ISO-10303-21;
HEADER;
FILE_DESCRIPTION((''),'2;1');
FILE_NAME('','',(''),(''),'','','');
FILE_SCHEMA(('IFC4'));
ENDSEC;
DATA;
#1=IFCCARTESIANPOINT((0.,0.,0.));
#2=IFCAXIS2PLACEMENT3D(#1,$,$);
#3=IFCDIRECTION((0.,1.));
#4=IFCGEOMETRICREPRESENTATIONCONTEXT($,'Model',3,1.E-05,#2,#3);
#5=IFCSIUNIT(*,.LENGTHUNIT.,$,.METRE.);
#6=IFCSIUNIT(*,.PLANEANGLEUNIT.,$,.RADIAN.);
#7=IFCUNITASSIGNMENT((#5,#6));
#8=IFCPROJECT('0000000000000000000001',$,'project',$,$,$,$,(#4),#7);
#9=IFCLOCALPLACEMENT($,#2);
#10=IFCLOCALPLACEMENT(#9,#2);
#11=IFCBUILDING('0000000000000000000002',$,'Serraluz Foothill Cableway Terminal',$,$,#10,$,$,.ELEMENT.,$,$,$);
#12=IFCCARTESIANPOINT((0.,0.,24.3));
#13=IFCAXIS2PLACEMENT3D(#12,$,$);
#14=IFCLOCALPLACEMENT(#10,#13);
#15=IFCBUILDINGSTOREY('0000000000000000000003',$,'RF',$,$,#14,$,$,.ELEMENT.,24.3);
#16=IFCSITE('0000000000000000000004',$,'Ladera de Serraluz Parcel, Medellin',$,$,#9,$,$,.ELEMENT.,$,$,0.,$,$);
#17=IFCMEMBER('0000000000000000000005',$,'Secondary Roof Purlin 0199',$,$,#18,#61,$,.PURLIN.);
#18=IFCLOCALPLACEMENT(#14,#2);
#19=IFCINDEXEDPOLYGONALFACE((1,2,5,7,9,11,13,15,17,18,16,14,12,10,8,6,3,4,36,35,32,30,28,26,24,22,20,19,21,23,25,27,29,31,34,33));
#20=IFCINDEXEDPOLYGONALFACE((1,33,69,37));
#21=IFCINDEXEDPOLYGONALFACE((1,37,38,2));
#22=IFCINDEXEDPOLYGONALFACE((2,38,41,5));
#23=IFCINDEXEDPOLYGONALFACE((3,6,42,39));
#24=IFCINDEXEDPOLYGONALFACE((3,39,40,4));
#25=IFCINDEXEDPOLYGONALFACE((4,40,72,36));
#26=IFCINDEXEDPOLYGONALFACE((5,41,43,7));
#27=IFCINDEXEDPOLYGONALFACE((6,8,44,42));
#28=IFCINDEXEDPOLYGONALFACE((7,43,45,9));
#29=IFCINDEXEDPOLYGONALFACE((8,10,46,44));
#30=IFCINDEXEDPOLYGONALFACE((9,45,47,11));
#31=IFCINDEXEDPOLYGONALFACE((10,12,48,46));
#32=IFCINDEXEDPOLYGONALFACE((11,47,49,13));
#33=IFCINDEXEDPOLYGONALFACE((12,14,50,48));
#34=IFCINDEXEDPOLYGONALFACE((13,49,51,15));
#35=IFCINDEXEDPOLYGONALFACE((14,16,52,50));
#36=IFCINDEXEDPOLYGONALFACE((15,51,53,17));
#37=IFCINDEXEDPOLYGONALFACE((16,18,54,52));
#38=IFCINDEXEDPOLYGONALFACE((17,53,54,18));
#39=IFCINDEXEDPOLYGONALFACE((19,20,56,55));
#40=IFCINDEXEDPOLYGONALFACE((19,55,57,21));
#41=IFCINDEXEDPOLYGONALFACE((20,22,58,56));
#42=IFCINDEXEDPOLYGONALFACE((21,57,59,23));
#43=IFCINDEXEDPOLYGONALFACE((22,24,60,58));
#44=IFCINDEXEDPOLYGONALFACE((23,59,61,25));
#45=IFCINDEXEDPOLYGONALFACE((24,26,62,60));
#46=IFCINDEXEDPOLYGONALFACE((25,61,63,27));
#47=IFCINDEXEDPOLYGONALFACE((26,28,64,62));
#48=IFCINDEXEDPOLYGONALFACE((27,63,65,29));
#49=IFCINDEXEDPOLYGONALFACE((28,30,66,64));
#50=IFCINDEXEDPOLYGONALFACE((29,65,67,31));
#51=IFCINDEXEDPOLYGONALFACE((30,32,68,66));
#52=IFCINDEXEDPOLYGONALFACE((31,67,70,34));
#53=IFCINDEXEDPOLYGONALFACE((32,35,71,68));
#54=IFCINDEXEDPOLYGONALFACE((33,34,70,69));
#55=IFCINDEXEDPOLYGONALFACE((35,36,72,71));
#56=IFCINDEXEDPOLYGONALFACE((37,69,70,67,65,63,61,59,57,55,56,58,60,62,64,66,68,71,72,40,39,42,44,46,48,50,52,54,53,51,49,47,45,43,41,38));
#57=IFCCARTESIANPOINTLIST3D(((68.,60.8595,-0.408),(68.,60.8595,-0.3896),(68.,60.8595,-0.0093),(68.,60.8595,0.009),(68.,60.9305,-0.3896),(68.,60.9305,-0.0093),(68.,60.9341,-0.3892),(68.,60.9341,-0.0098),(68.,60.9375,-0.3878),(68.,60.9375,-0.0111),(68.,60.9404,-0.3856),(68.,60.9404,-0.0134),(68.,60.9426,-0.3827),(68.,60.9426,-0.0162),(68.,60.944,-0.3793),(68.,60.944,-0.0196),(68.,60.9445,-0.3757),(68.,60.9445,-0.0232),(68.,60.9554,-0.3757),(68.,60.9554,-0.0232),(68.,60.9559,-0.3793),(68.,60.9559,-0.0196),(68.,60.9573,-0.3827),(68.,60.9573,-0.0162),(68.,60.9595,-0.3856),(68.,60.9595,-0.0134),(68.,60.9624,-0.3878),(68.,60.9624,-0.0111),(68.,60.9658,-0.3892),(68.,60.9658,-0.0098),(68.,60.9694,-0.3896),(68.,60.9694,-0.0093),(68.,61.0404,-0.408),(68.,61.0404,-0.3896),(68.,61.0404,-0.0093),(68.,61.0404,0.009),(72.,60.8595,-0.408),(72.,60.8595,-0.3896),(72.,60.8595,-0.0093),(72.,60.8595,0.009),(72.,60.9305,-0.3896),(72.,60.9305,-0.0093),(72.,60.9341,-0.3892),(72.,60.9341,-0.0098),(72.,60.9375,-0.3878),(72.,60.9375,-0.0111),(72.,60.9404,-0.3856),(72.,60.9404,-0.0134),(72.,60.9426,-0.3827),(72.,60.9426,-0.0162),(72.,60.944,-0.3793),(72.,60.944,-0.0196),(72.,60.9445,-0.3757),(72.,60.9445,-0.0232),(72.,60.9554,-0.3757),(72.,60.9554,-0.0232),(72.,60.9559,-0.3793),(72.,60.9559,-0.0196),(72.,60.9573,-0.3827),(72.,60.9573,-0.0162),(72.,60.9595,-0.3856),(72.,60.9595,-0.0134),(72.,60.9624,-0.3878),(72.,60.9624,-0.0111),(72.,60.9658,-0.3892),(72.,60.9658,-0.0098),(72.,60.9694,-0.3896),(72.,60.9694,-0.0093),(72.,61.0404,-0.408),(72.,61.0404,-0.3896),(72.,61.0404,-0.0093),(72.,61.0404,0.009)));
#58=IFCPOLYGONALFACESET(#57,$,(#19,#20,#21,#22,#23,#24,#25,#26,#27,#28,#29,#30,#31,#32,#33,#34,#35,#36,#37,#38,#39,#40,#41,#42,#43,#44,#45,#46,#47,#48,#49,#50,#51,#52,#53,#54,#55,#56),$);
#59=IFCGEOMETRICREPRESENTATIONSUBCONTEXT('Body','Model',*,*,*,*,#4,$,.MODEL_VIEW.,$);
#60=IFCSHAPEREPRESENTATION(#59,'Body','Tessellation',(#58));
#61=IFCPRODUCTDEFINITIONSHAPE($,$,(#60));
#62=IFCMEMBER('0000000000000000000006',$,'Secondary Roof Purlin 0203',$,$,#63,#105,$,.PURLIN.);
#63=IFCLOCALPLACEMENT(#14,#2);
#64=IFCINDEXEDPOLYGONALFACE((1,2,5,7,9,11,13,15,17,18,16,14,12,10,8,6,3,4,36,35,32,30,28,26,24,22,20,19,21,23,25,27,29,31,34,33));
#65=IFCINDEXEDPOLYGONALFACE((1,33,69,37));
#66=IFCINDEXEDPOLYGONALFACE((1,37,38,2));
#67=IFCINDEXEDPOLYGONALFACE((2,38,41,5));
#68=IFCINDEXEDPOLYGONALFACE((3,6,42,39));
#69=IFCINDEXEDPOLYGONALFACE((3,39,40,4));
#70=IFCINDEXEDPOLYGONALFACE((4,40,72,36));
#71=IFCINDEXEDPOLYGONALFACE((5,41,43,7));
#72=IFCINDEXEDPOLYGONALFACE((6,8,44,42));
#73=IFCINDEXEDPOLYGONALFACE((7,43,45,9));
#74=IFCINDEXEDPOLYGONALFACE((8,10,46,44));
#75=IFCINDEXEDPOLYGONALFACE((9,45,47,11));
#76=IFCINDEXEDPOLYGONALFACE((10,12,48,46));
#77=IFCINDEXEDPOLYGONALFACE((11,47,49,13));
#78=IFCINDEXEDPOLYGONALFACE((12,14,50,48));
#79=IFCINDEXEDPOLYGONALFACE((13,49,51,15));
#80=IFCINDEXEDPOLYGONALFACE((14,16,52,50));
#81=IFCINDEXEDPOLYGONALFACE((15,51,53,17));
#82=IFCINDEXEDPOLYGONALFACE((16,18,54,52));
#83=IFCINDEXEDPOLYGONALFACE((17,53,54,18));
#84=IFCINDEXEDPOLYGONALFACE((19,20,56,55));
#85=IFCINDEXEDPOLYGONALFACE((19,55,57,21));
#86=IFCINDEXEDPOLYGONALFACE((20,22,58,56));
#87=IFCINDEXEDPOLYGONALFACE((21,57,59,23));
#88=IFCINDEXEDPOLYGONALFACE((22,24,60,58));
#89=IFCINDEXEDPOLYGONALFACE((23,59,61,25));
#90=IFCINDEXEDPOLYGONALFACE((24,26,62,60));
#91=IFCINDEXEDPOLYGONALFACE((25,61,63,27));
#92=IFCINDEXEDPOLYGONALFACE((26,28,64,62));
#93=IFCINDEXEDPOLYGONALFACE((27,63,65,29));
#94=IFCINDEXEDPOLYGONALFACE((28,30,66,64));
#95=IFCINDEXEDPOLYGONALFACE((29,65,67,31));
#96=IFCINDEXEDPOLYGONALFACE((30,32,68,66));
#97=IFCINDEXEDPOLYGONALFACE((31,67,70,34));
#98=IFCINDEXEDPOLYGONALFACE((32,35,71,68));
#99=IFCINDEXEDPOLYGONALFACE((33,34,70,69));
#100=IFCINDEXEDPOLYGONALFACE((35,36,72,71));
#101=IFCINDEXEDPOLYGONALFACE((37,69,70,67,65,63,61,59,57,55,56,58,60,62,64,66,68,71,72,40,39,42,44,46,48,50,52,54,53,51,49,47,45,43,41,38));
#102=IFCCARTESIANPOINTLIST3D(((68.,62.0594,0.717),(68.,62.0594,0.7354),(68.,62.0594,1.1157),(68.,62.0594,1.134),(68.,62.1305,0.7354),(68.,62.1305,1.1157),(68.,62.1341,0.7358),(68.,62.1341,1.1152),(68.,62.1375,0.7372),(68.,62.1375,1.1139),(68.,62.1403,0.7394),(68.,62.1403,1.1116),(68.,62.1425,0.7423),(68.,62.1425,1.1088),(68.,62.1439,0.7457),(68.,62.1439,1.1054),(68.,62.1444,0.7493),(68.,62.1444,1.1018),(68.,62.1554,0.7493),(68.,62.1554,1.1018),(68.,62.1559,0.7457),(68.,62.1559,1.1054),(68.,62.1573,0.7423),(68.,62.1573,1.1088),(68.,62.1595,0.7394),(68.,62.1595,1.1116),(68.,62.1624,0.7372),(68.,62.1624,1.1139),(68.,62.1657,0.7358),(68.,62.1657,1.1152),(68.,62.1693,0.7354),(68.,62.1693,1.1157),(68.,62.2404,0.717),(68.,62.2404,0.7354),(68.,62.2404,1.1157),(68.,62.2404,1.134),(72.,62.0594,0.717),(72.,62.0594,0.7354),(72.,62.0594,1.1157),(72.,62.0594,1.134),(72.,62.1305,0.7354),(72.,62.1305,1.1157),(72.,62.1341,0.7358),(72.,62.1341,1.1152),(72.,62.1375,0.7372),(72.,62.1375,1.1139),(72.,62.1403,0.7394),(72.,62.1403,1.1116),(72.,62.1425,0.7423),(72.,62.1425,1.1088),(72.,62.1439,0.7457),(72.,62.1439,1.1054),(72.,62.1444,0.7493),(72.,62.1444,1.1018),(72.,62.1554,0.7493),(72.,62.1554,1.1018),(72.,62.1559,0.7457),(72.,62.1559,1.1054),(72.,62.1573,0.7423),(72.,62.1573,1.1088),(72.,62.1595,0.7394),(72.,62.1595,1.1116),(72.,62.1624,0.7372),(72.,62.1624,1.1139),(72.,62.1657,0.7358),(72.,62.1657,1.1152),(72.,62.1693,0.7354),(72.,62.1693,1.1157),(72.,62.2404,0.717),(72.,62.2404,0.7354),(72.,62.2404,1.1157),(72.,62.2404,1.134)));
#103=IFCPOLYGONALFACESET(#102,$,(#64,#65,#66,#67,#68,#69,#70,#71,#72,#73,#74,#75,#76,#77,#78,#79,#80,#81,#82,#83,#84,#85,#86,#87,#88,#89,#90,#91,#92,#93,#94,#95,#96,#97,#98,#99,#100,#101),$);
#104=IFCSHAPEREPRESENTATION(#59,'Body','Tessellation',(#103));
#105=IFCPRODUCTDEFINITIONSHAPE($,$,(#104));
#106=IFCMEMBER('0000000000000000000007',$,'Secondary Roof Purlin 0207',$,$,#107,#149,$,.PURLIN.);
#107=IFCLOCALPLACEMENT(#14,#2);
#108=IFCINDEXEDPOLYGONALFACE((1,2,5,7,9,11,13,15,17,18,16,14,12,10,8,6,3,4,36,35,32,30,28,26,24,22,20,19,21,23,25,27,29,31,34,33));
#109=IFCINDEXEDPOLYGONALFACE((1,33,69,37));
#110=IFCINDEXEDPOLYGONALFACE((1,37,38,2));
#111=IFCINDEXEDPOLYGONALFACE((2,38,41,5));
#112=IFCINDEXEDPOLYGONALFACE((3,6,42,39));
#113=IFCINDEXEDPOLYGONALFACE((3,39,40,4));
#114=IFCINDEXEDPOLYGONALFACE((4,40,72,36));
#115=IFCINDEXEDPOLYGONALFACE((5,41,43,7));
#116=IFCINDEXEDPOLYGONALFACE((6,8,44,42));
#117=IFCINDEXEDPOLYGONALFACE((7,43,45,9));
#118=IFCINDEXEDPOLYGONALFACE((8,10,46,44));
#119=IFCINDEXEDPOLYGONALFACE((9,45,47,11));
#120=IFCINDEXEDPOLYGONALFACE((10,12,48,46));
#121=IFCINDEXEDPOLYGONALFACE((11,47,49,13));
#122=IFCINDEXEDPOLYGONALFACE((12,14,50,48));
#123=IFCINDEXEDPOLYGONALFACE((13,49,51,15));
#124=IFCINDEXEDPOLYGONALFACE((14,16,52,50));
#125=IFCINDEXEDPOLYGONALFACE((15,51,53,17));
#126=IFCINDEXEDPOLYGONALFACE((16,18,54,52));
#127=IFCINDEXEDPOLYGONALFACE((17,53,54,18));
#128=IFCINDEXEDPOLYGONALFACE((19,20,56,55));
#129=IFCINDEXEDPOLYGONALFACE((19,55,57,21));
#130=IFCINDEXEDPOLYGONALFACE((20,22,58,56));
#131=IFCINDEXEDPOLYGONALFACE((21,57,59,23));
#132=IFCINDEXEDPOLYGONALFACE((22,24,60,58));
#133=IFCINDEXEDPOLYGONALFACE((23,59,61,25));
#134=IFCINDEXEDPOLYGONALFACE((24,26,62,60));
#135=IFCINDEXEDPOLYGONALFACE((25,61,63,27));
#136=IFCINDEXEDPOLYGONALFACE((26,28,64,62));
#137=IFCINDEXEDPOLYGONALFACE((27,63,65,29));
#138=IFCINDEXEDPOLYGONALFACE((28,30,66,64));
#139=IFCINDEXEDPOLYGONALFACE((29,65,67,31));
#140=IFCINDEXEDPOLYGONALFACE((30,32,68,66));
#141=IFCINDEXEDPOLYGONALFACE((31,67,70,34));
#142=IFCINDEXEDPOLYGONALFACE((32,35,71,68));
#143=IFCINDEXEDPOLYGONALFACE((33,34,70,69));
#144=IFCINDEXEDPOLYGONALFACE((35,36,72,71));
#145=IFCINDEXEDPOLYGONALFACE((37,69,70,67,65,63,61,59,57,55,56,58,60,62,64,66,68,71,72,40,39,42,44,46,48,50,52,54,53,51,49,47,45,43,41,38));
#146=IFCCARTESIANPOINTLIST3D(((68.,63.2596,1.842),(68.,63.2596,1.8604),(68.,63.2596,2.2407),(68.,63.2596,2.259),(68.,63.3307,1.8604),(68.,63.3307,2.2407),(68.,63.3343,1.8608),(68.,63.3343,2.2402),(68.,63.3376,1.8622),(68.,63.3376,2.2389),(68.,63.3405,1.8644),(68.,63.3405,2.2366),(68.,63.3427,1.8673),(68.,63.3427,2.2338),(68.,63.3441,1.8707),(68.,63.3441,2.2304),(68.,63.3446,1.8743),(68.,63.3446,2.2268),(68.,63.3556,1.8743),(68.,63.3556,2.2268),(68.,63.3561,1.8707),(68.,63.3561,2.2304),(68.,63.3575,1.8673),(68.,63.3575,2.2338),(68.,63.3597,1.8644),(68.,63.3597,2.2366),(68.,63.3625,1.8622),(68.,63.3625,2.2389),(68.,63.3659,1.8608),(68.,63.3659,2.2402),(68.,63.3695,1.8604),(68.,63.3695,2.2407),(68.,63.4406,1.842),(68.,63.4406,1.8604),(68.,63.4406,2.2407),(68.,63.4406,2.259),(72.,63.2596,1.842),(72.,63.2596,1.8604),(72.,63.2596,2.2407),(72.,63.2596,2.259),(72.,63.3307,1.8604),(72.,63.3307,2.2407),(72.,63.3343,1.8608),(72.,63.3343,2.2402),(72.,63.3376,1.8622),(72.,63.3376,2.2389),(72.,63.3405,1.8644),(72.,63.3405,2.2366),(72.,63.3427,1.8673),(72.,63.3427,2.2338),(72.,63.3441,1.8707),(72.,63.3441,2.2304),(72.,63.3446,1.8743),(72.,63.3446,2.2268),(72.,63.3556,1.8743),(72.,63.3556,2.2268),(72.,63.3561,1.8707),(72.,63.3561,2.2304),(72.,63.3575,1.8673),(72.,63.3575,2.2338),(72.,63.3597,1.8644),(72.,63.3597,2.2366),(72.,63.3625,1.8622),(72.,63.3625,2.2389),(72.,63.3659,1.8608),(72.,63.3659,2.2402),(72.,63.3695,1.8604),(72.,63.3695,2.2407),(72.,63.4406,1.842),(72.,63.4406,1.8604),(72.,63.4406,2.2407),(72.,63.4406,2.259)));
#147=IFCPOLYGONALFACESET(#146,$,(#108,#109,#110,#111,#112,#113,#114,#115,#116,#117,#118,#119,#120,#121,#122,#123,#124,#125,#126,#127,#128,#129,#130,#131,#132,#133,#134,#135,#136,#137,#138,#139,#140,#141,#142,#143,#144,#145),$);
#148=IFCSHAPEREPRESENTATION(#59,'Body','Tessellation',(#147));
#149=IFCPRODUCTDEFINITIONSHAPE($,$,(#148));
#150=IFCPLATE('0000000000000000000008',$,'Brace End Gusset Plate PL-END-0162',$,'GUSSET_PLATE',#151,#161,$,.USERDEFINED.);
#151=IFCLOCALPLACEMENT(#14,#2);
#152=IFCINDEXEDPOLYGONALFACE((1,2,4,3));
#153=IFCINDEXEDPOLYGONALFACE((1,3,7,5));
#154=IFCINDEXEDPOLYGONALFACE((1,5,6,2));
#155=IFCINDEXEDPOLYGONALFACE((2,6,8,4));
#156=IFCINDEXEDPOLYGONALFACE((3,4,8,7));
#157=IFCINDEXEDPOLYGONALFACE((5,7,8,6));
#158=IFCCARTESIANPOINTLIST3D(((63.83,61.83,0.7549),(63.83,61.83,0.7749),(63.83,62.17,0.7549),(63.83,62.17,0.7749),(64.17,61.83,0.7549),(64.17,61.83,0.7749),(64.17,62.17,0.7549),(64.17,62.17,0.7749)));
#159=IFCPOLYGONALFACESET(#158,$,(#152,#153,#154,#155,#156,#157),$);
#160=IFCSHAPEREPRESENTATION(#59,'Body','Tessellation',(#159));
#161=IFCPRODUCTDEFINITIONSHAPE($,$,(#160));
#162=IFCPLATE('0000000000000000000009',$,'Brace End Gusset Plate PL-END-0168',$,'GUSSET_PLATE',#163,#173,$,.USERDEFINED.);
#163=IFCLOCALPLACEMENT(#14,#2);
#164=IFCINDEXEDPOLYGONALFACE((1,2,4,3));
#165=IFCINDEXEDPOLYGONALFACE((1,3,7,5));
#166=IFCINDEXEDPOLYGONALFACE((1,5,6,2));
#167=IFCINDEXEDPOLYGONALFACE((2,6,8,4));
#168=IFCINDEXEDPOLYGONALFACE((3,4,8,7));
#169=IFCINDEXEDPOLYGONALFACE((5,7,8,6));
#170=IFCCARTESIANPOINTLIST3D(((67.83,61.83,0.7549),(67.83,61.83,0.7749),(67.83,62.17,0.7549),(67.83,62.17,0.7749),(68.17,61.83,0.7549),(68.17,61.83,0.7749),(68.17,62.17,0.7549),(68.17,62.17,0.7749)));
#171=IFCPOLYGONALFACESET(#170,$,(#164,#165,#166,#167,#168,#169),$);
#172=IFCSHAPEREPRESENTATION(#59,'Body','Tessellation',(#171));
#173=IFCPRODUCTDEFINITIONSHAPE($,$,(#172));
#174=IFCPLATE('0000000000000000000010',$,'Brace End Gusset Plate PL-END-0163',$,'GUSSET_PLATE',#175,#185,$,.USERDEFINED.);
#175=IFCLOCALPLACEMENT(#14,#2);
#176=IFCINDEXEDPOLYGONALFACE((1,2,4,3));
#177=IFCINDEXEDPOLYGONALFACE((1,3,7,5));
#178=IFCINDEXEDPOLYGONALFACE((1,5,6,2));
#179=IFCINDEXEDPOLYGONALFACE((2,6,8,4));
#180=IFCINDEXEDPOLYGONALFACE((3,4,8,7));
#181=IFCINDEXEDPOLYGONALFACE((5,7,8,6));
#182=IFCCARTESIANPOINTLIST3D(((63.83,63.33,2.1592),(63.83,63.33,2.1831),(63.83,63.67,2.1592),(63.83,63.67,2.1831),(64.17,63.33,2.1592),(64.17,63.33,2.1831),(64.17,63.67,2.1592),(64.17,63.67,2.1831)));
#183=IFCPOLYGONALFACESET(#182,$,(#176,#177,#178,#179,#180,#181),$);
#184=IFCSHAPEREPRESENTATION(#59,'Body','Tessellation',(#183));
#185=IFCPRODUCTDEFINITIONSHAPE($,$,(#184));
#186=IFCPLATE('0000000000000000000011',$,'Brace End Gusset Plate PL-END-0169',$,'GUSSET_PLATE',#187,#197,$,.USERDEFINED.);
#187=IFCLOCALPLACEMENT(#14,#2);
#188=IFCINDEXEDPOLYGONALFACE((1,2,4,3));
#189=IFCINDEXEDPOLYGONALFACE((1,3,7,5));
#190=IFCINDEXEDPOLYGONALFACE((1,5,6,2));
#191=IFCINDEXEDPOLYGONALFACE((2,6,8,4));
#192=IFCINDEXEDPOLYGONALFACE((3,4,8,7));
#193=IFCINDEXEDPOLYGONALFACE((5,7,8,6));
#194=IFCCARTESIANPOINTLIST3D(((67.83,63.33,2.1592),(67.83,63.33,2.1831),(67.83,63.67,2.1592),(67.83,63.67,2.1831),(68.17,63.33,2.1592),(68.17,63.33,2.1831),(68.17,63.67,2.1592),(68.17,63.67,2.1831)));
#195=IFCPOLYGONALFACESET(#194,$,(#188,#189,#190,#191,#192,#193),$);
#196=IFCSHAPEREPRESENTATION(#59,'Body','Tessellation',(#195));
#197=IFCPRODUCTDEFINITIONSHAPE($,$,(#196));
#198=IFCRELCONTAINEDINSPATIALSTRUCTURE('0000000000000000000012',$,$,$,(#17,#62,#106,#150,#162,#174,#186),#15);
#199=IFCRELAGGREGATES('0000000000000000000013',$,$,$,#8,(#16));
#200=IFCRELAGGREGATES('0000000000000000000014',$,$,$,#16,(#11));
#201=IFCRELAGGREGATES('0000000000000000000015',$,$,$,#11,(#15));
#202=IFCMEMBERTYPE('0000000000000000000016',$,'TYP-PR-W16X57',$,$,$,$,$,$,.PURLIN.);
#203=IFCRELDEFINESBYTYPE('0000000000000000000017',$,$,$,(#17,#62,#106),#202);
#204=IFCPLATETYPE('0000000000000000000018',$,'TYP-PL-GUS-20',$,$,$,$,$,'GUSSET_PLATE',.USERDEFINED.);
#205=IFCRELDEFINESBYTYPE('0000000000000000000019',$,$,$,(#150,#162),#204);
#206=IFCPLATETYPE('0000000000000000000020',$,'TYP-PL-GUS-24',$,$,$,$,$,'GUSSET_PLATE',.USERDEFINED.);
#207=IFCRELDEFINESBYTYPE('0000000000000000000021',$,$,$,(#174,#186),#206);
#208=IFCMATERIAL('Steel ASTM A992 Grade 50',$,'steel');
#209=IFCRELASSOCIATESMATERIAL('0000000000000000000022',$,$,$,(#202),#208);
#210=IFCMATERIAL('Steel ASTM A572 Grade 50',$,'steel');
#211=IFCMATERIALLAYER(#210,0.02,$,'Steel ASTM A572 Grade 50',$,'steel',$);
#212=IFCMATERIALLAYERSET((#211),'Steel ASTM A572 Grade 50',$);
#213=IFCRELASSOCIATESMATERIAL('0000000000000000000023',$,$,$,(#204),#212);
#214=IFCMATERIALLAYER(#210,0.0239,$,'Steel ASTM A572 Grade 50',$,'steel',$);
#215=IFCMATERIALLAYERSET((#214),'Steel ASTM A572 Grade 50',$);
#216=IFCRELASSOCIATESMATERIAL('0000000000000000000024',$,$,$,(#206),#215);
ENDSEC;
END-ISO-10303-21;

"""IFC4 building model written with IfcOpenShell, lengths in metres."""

from ifc_helpers import new_model, si_unit, direction, frame, origin, origin_2d, place, context, subcontext, project, spatial, rectangle, i_section, extrude, material, layer, layer_set, material_profile, profile_set, type_object, element, save


model = new_model("IFC4")

# Units and contexts
model_context = context("Model", 3, precision=1e-05, world=origin(), true_north=direction((0.0, 1.0)))
body_context = subcontext(model_context, "Body", "Model", "MODEL_VIEW")
ifc_project = project(units=[si_unit("LENGTHUNIT", "METRE"), si_unit("PLANEANGLEUNIT", "RADIAN")], contexts=[model_context])

# Site, building, storey
site_placement = place(None, origin())
site = spatial("IfcSite", under=ifc_project, at=site_placement, Name="Ladera de Serraluz Parcel, Medellin", CompositionType="ELEMENT", RefElevation=0.0)
building_placement = place(site_placement, origin())
building = spatial("IfcBuilding", under=site, at=building_placement, Name="Serraluz Foothill Cableway Terminal", CompositionType="ELEMENT")
storey_placement = place(building_placement, frame((0.0, 0.0, 24.3)))
storey = spatial("IfcBuildingStorey", under=building, at=storey_placement, Name="RF", CompositionType="ELEMENT", Elevation=24.3)

# Members
ifc_material_1 = material(Name="Steel ASTM A572 Grade 50", Category="steel")
ifc_material_2 = material(Name="Steel ASTM A992 Grade 50", Category="steel")
ifc_material_profile_1 = material_profile(ifc_material_2, i_section(OverallWidth=0.1809, OverallDepth=0.417, WebThickness=0.011, FlangeThickness=0.0183, FilletRadius=0.0139, at=origin_2d()), Name="W16X57")
ifc_profile_set_1 = profile_set([ifc_material_profile_1], Name="Steel ASTM A992 Grade 50")
member_type_1 = type_object("IfcMemberType", Name="TYP-PR-W16X57", PredefinedType="PURLIN", material=ifc_profile_set_1)
for number, where, z_axis, x_axis, name in (
    (1, (68.0, 60.95, -0.1995), (1.0, 0.0, 0.0), (0.0, 1.0, 0.0), "Secondary Roof Purlin 0199"),
    (2, (68.0, 62.1499, 0.9255), (1.0, 0.0, 0.0), (0.0, 1.0, 0.0), "Secondary Roof Purlin 0203"),
    (3, (68.0, 63.3501, 2.0505), (1.0, 0.0, 0.0), (0.0, 1.0, 0.0), "Secondary Roof Purlin 0207"),
):
    element("IfcMember", number, at=place(storey_placement, frame(where, z_axis=z_axis, x_axis=x_axis)), inside=storey, type_object=member_type_1, Name=name, PredefinedType="PURLIN", context=body_context, shape_type="SweptSolid", body=[
        extrude(i_section(OverallWidth=0.1809, OverallDepth=0.417, WebThickness=0.011, FlangeThickness=0.0183, FilletRadius=0.0139, at=origin_2d()), origin(), (0.0, 0.0, 1.0), 4.0),
    ])

# Plates
ifc_layer_1 = layer(ifc_material_1, 0.02, Name="Steel ASTM A572 Grade 50", Category="steel")
ifc_layer_set_1 = layer_set([ifc_layer_1], Name="Steel ASTM A572 Grade 50")
plate_type_1 = type_object("IfcPlateType", Name="TYP-PL-GUS-20", ElementType="GUSSET_PLATE", PredefinedType="USERDEFINED", material=ifc_layer_set_1)
for number, where, z_axis, x_axis, name in (
    (4, (64.0, 62.0, 0.7549), (0.0, 0.0, 1.0), (1.0, 0.0, 0.0), "Brace End Gusset Plate PL-END-0162"),
    (5, (68.0, 62.0, 0.7549), (0.0, 0.0, 1.0), (1.0, 0.0, 0.0), "Brace End Gusset Plate PL-END-0168"),
):
    element("IfcPlate", number, at=place(storey_placement, frame(where, z_axis=z_axis, x_axis=x_axis)), inside=storey, type_object=plate_type_1, Name=name, ObjectType="GUSSET_PLATE", PredefinedType="USERDEFINED", context=body_context, shape_type="SweptSolid", body=[
        extrude(rectangle(XDim=0.3401, YDim=0.3401, at=origin_2d()), origin(), (0.0, 0.0, 1.0), 0.02),
    ])
ifc_layer_2 = layer(ifc_material_1, 0.0239, Name="Steel ASTM A572 Grade 50", Category="steel")
ifc_layer_set_2 = layer_set([ifc_layer_2], Name="Steel ASTM A572 Grade 50")
plate_type_2 = type_object("IfcPlateType", Name="TYP-PL-GUS-24", ElementType="GUSSET_PLATE", PredefinedType="USERDEFINED", material=ifc_layer_set_2)
for number, where, z_axis, x_axis, name in (
    (6, (64.0, 63.5, 2.1592), (0.0, 0.0, 1.0), (1.0, 0.0, 0.0), "Brace End Gusset Plate PL-END-0163"),
    (7, (68.0, 63.5, 2.1592), (0.0, 0.0, 1.0), (1.0, 0.0, 0.0), "Brace End Gusset Plate PL-END-0169"),
):
    element("IfcPlate", number, at=place(storey_placement, frame(where, z_axis=z_axis, x_axis=x_axis)), inside=storey, type_object=plate_type_2, Name=name, ObjectType="GUSSET_PLATE", PredefinedType="USERDEFINED", context=body_context, shape_type="SweptSolid", body=[
        extrude(rectangle(XDim=0.3401, YDim=0.3401, at=origin_2d()), origin(), (0.0, 0.0, 1.0), 0.0239),
    ])

save(model, "model.ifc")
